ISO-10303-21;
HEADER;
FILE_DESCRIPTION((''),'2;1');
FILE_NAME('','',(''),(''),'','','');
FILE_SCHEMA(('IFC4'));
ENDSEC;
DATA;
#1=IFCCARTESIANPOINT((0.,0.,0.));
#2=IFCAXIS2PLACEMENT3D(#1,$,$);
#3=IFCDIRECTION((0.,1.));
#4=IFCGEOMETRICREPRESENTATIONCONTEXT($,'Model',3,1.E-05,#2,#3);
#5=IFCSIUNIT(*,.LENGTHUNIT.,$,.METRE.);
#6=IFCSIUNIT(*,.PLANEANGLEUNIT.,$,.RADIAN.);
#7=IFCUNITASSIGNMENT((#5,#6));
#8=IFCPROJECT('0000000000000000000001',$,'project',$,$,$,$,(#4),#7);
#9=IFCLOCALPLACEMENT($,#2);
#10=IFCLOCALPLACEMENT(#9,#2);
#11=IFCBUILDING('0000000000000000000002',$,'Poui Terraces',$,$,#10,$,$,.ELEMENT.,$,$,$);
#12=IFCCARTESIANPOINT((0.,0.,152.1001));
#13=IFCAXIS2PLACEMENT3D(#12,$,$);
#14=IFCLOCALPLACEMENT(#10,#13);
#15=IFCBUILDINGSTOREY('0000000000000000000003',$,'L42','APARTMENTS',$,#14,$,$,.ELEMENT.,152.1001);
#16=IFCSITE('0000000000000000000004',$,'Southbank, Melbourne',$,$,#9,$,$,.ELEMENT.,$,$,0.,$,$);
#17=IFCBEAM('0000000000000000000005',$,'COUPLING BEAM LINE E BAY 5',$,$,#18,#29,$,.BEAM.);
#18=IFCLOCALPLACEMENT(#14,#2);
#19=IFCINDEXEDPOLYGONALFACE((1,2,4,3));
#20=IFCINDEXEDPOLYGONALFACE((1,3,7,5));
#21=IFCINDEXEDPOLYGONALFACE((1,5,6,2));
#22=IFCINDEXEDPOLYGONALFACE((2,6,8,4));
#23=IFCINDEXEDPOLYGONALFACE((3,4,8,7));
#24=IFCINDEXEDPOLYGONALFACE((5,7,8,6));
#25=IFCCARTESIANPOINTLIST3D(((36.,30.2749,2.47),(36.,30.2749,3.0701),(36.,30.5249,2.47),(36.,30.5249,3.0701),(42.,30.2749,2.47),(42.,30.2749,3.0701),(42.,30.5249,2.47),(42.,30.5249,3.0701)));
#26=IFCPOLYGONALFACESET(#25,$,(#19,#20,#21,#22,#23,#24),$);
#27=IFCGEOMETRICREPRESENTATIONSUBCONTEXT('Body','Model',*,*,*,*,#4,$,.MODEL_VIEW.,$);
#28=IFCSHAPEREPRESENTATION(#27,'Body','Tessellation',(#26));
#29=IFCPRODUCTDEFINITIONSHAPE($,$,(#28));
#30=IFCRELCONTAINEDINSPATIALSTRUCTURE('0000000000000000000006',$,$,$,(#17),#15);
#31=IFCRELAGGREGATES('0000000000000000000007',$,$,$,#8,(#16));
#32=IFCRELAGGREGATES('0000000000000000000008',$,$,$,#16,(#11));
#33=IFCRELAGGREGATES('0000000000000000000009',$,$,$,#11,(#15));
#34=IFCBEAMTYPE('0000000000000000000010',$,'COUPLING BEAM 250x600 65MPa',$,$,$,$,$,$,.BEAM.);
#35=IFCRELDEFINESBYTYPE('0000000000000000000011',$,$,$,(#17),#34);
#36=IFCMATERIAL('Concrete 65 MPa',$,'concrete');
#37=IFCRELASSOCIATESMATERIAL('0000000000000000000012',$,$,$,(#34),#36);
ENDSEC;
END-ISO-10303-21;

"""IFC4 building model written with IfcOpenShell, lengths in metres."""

from ifc_helpers import new_model, si_unit, direction, frame, origin, origin_2d, place, context, subcontext, project, spatial, rectangle, extrude, source, transform, mapped, material, material_profile, profile_set, type_object, element, save


model = new_model("IFC4")

# Units and contexts
model_context = context("Model", 3, precision=1e-05, world=origin(), true_north=direction((0.0, 1.0)))
body_context = subcontext(model_context, "Body", "Model", "MODEL_VIEW")
ifc_project = project(units=[si_unit("LENGTHUNIT", "METRE"), si_unit("PLANEANGLEUNIT", "RADIAN")], contexts=[model_context])

# Site, building, storey
site_placement = place(None, origin())
site = spatial("IfcSite", under=ifc_project, at=site_placement, Name="Southbank, Melbourne", CompositionType="ELEMENT", RefElevation=0.0)
building_placement = place(site_placement, origin())
building = spatial("IfcBuilding", under=site, at=building_placement, Name="Poui Terraces", CompositionType="ELEMENT")
storey_placement = place(building_placement, frame((0.0, 0.0, 152.1001)))
storey = spatial("IfcBuildingStorey", under=building, at=storey_placement, Name="L42", Description="APARTMENTS", CompositionType="ELEMENT", Elevation=152.1001)

# Beam
ifc_material_1 = material(Name="Concrete 65 MPa", Category="concrete")
ifc_material_profile = material_profile(ifc_material_1, rectangle(XDim=0.25, YDim=0.6001, at=origin_2d()), Name="RC 250x600")
ifc_profile_set = profile_set([ifc_material_profile], Name="Concrete 65 MPa")
beam_type = type_object("IfcBeamType", Name="COUPLING BEAM 250x600 65MPa", PredefinedType="BEAM", material=ifc_profile_set)
shared_shape = source(origin(), body_context, "Body", "SweptSolid", [
    extrude(rectangle(XDim=0.25, YDim=0.6001, at=origin_2d()), origin(), (0.0, 0.0, 1.0), 6.0),
])
beam_placement = place(storey_placement, frame((36.0, 30.3999, 2.77), z_axis=(1.0, 0.0, 0.0), x_axis=(0.0, 1.0, 0.0)))
element("IfcBeam", 1, at=beam_placement, inside=storey, type_object=beam_type, Name="COUPLING BEAM LINE E BAY 5", PredefinedType="BEAM", context=body_context, shape_type="MappedRepresentation", body=[
    mapped(shared_shape, transform((0.0, 0.0, 0.0))),
])

save(model, "model.ifc")
